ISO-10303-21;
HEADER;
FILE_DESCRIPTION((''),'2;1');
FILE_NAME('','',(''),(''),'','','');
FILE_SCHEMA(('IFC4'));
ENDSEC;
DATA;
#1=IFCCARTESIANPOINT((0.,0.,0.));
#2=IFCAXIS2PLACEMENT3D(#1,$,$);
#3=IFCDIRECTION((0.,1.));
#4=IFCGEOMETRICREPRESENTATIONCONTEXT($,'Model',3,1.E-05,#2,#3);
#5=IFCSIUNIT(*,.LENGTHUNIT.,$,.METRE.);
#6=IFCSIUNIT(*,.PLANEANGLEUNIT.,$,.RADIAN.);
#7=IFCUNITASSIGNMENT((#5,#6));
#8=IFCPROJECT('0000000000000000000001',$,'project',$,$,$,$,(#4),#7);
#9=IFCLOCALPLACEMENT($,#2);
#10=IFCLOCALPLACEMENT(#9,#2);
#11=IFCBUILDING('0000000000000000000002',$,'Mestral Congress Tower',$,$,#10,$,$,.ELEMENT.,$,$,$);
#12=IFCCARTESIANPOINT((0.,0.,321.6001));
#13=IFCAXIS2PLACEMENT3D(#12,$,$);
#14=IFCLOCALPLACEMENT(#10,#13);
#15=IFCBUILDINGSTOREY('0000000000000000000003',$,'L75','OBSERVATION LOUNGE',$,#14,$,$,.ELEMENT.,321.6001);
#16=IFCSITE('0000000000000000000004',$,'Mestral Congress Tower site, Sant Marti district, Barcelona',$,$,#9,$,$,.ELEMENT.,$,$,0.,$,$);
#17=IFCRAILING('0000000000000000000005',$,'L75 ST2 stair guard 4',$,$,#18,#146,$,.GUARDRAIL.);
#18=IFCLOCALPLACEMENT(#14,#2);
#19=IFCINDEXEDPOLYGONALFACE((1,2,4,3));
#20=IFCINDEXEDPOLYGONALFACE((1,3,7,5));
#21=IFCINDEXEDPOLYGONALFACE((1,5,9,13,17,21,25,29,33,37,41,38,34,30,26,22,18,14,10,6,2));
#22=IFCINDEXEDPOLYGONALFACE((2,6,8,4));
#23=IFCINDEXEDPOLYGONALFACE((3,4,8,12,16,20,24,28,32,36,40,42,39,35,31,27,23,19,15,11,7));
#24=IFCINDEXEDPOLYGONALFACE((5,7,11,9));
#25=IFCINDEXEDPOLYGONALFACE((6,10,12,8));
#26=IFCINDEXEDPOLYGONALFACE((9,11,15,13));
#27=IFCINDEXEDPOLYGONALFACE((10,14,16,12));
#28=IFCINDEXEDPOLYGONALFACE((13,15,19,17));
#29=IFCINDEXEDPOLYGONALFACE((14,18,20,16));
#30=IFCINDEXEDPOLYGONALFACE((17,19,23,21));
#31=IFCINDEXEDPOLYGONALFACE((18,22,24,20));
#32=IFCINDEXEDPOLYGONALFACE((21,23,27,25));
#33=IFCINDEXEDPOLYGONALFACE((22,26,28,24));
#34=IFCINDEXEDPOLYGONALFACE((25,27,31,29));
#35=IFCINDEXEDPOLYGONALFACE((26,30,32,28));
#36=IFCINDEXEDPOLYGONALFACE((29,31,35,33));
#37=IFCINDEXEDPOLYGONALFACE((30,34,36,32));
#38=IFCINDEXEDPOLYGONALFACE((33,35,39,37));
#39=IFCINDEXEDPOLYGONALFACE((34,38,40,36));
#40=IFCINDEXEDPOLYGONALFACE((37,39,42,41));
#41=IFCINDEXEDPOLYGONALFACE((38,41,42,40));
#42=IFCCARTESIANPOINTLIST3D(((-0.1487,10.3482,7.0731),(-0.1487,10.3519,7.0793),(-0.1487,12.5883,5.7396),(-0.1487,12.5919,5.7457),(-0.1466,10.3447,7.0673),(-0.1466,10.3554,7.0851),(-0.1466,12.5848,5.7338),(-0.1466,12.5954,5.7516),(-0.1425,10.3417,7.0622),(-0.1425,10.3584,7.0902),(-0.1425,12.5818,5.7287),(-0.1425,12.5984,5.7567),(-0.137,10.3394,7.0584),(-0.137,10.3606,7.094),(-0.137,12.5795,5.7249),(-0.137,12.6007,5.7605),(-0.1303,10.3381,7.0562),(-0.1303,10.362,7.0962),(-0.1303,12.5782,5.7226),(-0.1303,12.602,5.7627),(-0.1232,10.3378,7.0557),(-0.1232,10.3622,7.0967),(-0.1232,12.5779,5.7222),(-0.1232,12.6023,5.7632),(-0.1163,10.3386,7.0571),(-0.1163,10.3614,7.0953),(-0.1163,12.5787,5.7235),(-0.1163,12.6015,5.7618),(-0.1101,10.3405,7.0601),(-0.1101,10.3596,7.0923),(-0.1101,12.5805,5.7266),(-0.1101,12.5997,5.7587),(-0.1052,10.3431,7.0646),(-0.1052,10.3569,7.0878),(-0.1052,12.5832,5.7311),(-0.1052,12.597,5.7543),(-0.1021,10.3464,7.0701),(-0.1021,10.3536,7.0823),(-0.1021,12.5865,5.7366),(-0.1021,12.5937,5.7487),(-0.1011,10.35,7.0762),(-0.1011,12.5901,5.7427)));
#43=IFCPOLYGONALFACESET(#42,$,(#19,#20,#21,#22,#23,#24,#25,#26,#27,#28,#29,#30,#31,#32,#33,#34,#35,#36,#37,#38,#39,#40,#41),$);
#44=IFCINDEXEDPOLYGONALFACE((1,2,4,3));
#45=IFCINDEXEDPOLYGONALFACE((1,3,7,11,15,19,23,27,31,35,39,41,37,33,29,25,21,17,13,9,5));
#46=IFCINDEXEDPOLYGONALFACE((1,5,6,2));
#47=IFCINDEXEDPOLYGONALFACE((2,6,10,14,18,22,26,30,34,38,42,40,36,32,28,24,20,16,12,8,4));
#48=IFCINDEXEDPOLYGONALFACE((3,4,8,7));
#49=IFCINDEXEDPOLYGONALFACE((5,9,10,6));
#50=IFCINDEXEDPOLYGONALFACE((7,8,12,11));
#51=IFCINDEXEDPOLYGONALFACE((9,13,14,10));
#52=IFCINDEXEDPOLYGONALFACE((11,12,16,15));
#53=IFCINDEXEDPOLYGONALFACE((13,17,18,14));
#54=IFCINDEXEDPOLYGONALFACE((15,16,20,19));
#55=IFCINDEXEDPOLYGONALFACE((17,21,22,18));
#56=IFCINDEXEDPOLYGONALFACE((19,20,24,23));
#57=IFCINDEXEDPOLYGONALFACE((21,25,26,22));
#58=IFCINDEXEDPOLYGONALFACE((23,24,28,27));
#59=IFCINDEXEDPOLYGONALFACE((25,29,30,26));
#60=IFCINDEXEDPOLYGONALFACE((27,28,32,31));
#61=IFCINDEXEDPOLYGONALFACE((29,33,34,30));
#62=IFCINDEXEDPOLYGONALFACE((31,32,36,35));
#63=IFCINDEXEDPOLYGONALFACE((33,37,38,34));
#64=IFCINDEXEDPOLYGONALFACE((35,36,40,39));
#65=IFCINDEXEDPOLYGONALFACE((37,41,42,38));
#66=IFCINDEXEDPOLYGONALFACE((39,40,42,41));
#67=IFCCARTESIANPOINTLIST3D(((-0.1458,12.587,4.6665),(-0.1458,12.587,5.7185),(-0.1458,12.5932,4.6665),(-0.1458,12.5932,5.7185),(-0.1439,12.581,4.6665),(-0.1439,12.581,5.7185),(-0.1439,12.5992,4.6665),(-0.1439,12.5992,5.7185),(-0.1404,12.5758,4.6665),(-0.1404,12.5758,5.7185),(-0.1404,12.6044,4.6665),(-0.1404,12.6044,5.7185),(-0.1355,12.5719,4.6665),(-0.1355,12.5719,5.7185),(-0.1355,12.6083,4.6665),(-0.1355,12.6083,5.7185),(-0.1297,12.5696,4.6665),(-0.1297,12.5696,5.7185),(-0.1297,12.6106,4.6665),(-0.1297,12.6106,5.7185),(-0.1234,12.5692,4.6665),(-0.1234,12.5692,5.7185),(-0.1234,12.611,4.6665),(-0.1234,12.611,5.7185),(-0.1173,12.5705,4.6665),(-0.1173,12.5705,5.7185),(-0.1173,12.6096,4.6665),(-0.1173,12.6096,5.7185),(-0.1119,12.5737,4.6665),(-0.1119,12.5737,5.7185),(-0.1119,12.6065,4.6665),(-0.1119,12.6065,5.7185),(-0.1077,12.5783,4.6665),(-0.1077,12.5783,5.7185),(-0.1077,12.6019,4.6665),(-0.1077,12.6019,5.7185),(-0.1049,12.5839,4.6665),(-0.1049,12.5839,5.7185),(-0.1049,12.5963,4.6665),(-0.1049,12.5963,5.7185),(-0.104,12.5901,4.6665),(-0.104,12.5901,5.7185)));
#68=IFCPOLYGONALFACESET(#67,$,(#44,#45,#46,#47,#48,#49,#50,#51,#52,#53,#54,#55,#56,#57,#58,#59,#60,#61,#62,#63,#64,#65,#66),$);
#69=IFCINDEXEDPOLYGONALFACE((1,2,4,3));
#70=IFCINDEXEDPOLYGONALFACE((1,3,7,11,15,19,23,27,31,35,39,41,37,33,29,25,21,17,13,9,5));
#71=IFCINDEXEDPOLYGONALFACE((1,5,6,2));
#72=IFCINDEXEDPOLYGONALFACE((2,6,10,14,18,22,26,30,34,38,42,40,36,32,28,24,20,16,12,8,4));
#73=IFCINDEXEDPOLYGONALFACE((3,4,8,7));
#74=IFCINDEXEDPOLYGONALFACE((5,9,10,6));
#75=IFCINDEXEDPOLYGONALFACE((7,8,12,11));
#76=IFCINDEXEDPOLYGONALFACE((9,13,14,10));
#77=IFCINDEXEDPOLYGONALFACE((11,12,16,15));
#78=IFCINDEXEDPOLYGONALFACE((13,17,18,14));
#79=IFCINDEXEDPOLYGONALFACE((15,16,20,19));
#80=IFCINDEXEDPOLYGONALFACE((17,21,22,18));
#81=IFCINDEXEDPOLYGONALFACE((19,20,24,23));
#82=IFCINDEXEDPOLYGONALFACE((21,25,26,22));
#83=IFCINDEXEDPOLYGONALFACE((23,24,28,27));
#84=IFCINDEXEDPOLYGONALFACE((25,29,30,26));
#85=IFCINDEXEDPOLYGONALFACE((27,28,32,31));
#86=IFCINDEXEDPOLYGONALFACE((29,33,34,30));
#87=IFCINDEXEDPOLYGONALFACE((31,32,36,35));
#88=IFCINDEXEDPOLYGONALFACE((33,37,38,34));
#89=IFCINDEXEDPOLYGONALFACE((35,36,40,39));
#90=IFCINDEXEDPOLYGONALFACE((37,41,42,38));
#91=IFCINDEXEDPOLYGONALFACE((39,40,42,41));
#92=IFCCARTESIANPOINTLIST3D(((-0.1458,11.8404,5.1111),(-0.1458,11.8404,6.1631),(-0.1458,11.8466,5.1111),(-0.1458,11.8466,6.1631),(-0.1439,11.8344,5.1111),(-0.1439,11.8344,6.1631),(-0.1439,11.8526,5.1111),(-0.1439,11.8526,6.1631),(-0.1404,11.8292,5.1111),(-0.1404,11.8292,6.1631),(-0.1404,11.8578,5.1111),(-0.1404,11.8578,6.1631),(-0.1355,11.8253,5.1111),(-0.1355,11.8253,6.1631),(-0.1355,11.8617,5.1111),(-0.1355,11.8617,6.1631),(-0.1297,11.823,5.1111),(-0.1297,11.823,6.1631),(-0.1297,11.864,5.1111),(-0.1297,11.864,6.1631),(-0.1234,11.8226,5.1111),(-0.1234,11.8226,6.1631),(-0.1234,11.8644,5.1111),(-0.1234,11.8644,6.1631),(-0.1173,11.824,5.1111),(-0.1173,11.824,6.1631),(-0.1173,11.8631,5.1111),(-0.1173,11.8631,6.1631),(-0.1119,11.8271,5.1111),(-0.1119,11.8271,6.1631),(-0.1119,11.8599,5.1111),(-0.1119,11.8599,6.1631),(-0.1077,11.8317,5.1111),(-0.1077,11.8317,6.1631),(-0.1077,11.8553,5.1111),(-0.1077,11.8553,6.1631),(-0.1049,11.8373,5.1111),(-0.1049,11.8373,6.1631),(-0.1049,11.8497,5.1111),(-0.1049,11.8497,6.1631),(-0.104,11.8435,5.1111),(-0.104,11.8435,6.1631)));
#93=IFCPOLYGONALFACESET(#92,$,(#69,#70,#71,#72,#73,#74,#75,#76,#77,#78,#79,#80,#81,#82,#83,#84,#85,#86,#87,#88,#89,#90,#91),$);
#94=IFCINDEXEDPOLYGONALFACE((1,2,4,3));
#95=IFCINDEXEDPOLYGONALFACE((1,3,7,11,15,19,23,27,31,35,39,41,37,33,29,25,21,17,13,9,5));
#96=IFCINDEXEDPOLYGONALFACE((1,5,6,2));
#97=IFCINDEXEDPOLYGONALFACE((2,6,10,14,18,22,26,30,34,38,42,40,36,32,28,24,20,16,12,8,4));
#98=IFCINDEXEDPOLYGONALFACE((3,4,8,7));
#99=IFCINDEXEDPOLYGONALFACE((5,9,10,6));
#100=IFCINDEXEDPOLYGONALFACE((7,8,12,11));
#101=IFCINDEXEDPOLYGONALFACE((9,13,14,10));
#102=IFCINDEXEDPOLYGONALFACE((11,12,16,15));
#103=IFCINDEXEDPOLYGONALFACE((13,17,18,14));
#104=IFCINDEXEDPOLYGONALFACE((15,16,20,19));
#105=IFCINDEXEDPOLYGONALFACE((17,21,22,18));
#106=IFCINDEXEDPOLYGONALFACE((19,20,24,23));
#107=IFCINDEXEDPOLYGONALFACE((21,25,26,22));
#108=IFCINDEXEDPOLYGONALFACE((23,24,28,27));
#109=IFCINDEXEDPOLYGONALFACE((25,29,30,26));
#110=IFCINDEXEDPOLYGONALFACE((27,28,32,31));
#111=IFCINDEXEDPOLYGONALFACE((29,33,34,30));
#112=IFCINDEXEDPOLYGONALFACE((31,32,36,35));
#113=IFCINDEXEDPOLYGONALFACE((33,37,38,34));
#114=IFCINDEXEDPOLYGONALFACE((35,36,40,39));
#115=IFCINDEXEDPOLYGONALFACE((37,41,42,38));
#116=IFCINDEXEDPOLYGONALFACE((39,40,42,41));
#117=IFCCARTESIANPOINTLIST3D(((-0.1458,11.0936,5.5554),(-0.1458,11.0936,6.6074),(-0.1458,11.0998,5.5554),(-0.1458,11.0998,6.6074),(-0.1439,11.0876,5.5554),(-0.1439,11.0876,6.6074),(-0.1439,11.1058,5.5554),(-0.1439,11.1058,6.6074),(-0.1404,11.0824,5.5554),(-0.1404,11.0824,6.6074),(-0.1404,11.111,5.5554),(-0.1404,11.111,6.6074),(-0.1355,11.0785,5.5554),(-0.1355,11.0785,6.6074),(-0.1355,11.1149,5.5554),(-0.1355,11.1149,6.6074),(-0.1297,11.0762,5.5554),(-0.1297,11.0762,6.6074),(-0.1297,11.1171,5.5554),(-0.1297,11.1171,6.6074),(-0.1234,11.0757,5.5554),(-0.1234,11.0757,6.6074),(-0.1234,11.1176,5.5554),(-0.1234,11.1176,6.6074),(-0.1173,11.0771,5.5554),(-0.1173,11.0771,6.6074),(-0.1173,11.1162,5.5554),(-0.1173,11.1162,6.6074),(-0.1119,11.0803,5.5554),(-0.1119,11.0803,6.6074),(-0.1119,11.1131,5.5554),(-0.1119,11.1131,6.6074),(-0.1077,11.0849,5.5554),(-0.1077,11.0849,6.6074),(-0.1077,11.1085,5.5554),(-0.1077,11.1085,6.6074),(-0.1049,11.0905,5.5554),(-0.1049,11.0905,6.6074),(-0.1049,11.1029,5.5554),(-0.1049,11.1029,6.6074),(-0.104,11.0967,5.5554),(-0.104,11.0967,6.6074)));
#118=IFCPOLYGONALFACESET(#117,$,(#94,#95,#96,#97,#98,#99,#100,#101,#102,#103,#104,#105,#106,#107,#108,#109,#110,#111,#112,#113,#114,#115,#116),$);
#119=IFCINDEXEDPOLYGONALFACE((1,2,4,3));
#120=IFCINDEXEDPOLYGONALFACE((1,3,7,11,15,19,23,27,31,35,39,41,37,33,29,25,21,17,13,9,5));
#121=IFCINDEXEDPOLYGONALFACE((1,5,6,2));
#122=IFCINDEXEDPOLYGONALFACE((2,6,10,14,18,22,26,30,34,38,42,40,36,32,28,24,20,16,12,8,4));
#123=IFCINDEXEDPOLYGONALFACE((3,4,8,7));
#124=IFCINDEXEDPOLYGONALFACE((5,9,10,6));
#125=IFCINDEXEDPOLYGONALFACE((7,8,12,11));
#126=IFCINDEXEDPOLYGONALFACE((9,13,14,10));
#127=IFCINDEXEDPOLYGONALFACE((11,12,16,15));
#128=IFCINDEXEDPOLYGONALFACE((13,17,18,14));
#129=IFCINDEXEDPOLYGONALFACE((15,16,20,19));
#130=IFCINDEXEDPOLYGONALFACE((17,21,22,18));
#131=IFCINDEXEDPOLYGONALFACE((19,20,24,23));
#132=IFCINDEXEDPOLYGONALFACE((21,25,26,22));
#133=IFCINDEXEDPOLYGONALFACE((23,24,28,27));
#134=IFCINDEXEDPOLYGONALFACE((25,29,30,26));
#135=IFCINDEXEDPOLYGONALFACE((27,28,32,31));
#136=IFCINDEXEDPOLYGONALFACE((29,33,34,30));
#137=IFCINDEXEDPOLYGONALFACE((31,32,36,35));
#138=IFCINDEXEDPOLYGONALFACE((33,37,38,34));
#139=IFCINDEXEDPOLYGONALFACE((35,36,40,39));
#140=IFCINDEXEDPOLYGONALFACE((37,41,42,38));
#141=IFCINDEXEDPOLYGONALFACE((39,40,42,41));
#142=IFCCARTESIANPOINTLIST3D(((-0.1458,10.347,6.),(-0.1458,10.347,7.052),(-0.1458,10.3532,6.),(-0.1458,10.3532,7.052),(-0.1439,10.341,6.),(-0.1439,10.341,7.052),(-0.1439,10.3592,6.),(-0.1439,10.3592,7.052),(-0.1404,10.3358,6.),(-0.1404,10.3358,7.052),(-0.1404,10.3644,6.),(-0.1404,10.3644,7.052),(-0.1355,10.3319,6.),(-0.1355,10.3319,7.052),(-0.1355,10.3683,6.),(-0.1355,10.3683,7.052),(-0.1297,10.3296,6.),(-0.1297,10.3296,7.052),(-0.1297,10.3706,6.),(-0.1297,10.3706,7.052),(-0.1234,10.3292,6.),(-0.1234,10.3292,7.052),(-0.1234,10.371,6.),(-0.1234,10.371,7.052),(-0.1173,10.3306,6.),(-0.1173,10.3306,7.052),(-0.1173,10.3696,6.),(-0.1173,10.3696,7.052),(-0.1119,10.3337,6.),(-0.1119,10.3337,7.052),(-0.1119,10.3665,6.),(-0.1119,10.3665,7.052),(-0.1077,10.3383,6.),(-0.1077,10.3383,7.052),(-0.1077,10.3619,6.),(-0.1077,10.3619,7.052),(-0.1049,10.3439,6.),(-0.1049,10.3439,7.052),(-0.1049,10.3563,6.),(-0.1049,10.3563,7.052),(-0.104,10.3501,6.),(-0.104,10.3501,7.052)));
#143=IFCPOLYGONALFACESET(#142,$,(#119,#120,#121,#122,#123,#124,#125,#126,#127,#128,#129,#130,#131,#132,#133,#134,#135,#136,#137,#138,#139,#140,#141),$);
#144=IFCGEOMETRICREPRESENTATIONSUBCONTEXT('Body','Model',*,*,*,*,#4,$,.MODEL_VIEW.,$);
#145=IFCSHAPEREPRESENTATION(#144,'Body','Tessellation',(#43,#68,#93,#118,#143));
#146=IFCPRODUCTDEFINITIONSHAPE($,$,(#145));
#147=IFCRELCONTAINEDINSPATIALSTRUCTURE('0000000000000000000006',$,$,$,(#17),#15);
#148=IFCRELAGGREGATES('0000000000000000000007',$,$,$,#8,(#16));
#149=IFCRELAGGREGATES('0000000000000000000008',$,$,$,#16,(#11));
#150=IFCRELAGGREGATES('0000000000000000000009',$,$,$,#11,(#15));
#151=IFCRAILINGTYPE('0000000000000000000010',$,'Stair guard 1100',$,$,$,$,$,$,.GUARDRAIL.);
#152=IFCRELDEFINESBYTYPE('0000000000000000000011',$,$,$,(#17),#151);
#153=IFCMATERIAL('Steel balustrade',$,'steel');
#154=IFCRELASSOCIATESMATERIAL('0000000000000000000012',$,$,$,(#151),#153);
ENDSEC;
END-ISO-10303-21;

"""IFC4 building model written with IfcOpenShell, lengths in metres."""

from ifc_helpers import new_model, si_unit, direction, frame, origin, origin_2d, place, context, subcontext, project, spatial, circle, extrude, material, type_object, element, save


model = new_model("IFC4")

# Units and contexts
model_context = context("Model", 3, precision=1e-05, world=origin(), true_north=direction((0.0, 1.0)))
body_context = subcontext(model_context, "Body", "Model", "MODEL_VIEW")
ifc_project = project(units=[si_unit("LENGTHUNIT", "METRE"), si_unit("PLANEANGLEUNIT", "RADIAN")], contexts=[model_context])

# Site, building, storey
site_placement = place(None, origin())
site = spatial("IfcSite", under=ifc_project, at=site_placement, Name="Mestral Congress Tower site, Sant Marti district, Barcelona", CompositionType="ELEMENT", RefElevation=0.0)
building_placement = place(site_placement, origin())
building = spatial("IfcBuilding", under=site, at=building_placement, Name="Mestral Congress Tower", CompositionType="ELEMENT")
storey_placement = place(building_placement, frame((0.0, 0.0, 321.6001)))
storey = spatial("IfcBuildingStorey", under=building, at=storey_placement, Name="L75", Description="OBSERVATION LOUNGE", CompositionType="ELEMENT", Elevation=321.6001)

# Railing
ifc_material_1 = material(Name="Steel balustrade", Category="steel")
railing_type = type_object("IfcRailingType", Name="Stair guard 1100", PredefinedType="GUARDRAIL", material=ifc_material_1)
railing_1_placement = place(storey_placement, frame((-0.125, 12.5901, 4.6665)))
element("IfcRailing", 1, at=railing_1_placement, inside=storey, type_object=railing_type, Name="L75 ST2 stair guard 4", PredefinedType="GUARDRAIL", context=body_context, shape_type="SweptSolid", body=[
    extrude(circle(Radius=0.0239, at=origin_2d()), frame((0.0, 0.0, 1.0762), z_axis=(0.0, -0.859264, 0.511532), x_axis=(1.0, 0.0, 0.0)), (0.0, 0.0, 1.0), 2.6069),
    extrude(circle(Radius=0.021, at=origin_2d()), origin(), (0.0, 0.0, 1.0), 1.052),
    extrude(circle(Radius=0.021, at=origin_2d()), frame((0.0, -0.7466, 0.4446)), (0.0, 0.0, 1.0), 1.052),
    extrude(circle(Radius=0.021, at=origin_2d()), frame((0.0, -1.4934, 0.8889)), (0.0, 0.0, 1.0), 1.052),
    extrude(circle(Radius=0.021, at=origin_2d()), frame((0.0, -2.24, 1.3335)), (0.0, 0.0, 1.0), 1.052),
])

save(model, "model.ifc")
